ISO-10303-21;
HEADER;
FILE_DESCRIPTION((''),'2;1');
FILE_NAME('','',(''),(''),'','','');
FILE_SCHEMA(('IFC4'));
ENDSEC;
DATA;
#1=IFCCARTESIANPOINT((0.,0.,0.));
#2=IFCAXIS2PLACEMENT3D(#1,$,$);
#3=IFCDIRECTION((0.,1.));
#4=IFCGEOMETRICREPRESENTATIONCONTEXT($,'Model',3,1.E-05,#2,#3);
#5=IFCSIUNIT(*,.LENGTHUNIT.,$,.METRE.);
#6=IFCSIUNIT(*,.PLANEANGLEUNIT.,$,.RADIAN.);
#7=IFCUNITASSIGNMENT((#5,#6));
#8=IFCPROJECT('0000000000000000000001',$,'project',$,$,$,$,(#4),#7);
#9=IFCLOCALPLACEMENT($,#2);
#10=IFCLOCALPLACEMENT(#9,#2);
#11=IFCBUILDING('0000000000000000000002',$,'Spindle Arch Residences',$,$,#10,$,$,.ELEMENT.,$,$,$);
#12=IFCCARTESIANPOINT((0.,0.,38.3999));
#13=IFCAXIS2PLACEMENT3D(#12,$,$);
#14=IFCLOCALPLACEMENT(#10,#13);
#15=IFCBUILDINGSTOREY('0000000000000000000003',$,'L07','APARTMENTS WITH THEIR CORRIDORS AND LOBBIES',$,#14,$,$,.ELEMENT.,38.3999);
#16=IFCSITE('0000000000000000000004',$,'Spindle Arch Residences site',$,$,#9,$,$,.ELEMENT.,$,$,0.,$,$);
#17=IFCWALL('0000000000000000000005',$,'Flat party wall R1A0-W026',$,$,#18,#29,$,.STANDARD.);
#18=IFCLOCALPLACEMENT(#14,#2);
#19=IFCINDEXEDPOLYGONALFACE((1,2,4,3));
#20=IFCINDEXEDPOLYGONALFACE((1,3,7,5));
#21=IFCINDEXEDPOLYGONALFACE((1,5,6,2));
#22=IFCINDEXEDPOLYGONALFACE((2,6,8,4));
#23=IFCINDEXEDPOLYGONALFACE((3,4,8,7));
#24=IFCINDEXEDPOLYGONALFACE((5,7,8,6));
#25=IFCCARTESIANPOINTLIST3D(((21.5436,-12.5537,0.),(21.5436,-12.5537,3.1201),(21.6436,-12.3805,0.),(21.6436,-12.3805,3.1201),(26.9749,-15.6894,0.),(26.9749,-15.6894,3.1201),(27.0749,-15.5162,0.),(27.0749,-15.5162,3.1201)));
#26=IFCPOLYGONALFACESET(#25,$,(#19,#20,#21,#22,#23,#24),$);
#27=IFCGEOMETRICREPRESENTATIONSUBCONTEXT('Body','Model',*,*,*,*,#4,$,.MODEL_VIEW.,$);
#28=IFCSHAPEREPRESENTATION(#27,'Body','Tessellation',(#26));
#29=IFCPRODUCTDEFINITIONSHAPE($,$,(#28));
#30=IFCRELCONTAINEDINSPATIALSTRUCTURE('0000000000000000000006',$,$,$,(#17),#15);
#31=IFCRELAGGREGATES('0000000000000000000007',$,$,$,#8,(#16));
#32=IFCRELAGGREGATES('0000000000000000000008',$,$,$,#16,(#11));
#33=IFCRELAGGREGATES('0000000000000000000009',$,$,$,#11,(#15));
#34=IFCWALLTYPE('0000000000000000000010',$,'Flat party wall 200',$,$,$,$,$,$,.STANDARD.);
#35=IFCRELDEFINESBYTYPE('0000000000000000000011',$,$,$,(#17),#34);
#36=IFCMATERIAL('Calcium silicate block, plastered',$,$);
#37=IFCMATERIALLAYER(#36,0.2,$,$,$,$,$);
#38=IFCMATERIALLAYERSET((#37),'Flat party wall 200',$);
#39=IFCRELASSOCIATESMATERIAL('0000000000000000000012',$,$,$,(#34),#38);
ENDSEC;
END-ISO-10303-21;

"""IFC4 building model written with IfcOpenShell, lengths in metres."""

from ifc_helpers import new_model, si_unit, direction, frame, frame_2d, origin, place, context, subcontext, project, spatial, rectangle, extrude, material, layer, layer_set, type_object, element, save


model = new_model("IFC4")

# Units and contexts
model_context = context("Model", 3, precision=1e-05, world=origin(), true_north=direction((0.0, 1.0)))
body_context = subcontext(model_context, "Body", "Model", "MODEL_VIEW")
ifc_project = project(units=[si_unit("LENGTHUNIT", "METRE"), si_unit("PLANEANGLEUNIT", "RADIAN")], contexts=[model_context])

# Site, building, storey
site_placement = place(None, origin())
site = spatial("IfcSite", under=ifc_project, at=site_placement, Name="Spindle Arch Residences site", CompositionType="ELEMENT", RefElevation=0.0)
building_placement = place(site_placement, origin())
building = spatial("IfcBuilding", under=site, at=building_placement, Name="Spindle Arch Residences", CompositionType="ELEMENT")
storey_placement = place(building_placement, frame((0.0, 0.0, 38.3999)))
storey = spatial("IfcBuildingStorey", under=building, at=storey_placement, Name="L07", Description="APARTMENTS WITH THEIR CORRIDORS AND LOBBIES", CompositionType="ELEMENT", Elevation=38.3999)

# Wall
ifc_material_1 = material(Name="Calcium silicate block, plastered")
ifc_layer_1 = layer(ifc_material_1, 0.2)
ifc_layer_set_1 = layer_set([ifc_layer_1], Name="Flat party wall 200")
wall_type_1 = type_object("IfcWallType", Name="Flat party wall 200", PredefinedType="STANDARD", material=ifc_layer_set_1)
wall_1_placement = place(storey_placement, frame((27.0249, -15.6028, 0.0), z_axis=(0.0, 0.0, 1.0), x_axis=(-0.866031, 0.499991, 0.0)))
element("IfcWall", 1, at=wall_1_placement, inside=storey, type_object=wall_type_1, Name="Flat party wall R1A0-W026", PredefinedType="STANDARD", context=body_context, shape_type="SweptSolid", body=[
    extrude(rectangle(XDim=6.2715, YDim=0.2, at=frame_2d((3.1357, 0.0))), origin(), (0.0, 0.0, 1.0), 3.1201),
])

save(model, "model.ifc")
